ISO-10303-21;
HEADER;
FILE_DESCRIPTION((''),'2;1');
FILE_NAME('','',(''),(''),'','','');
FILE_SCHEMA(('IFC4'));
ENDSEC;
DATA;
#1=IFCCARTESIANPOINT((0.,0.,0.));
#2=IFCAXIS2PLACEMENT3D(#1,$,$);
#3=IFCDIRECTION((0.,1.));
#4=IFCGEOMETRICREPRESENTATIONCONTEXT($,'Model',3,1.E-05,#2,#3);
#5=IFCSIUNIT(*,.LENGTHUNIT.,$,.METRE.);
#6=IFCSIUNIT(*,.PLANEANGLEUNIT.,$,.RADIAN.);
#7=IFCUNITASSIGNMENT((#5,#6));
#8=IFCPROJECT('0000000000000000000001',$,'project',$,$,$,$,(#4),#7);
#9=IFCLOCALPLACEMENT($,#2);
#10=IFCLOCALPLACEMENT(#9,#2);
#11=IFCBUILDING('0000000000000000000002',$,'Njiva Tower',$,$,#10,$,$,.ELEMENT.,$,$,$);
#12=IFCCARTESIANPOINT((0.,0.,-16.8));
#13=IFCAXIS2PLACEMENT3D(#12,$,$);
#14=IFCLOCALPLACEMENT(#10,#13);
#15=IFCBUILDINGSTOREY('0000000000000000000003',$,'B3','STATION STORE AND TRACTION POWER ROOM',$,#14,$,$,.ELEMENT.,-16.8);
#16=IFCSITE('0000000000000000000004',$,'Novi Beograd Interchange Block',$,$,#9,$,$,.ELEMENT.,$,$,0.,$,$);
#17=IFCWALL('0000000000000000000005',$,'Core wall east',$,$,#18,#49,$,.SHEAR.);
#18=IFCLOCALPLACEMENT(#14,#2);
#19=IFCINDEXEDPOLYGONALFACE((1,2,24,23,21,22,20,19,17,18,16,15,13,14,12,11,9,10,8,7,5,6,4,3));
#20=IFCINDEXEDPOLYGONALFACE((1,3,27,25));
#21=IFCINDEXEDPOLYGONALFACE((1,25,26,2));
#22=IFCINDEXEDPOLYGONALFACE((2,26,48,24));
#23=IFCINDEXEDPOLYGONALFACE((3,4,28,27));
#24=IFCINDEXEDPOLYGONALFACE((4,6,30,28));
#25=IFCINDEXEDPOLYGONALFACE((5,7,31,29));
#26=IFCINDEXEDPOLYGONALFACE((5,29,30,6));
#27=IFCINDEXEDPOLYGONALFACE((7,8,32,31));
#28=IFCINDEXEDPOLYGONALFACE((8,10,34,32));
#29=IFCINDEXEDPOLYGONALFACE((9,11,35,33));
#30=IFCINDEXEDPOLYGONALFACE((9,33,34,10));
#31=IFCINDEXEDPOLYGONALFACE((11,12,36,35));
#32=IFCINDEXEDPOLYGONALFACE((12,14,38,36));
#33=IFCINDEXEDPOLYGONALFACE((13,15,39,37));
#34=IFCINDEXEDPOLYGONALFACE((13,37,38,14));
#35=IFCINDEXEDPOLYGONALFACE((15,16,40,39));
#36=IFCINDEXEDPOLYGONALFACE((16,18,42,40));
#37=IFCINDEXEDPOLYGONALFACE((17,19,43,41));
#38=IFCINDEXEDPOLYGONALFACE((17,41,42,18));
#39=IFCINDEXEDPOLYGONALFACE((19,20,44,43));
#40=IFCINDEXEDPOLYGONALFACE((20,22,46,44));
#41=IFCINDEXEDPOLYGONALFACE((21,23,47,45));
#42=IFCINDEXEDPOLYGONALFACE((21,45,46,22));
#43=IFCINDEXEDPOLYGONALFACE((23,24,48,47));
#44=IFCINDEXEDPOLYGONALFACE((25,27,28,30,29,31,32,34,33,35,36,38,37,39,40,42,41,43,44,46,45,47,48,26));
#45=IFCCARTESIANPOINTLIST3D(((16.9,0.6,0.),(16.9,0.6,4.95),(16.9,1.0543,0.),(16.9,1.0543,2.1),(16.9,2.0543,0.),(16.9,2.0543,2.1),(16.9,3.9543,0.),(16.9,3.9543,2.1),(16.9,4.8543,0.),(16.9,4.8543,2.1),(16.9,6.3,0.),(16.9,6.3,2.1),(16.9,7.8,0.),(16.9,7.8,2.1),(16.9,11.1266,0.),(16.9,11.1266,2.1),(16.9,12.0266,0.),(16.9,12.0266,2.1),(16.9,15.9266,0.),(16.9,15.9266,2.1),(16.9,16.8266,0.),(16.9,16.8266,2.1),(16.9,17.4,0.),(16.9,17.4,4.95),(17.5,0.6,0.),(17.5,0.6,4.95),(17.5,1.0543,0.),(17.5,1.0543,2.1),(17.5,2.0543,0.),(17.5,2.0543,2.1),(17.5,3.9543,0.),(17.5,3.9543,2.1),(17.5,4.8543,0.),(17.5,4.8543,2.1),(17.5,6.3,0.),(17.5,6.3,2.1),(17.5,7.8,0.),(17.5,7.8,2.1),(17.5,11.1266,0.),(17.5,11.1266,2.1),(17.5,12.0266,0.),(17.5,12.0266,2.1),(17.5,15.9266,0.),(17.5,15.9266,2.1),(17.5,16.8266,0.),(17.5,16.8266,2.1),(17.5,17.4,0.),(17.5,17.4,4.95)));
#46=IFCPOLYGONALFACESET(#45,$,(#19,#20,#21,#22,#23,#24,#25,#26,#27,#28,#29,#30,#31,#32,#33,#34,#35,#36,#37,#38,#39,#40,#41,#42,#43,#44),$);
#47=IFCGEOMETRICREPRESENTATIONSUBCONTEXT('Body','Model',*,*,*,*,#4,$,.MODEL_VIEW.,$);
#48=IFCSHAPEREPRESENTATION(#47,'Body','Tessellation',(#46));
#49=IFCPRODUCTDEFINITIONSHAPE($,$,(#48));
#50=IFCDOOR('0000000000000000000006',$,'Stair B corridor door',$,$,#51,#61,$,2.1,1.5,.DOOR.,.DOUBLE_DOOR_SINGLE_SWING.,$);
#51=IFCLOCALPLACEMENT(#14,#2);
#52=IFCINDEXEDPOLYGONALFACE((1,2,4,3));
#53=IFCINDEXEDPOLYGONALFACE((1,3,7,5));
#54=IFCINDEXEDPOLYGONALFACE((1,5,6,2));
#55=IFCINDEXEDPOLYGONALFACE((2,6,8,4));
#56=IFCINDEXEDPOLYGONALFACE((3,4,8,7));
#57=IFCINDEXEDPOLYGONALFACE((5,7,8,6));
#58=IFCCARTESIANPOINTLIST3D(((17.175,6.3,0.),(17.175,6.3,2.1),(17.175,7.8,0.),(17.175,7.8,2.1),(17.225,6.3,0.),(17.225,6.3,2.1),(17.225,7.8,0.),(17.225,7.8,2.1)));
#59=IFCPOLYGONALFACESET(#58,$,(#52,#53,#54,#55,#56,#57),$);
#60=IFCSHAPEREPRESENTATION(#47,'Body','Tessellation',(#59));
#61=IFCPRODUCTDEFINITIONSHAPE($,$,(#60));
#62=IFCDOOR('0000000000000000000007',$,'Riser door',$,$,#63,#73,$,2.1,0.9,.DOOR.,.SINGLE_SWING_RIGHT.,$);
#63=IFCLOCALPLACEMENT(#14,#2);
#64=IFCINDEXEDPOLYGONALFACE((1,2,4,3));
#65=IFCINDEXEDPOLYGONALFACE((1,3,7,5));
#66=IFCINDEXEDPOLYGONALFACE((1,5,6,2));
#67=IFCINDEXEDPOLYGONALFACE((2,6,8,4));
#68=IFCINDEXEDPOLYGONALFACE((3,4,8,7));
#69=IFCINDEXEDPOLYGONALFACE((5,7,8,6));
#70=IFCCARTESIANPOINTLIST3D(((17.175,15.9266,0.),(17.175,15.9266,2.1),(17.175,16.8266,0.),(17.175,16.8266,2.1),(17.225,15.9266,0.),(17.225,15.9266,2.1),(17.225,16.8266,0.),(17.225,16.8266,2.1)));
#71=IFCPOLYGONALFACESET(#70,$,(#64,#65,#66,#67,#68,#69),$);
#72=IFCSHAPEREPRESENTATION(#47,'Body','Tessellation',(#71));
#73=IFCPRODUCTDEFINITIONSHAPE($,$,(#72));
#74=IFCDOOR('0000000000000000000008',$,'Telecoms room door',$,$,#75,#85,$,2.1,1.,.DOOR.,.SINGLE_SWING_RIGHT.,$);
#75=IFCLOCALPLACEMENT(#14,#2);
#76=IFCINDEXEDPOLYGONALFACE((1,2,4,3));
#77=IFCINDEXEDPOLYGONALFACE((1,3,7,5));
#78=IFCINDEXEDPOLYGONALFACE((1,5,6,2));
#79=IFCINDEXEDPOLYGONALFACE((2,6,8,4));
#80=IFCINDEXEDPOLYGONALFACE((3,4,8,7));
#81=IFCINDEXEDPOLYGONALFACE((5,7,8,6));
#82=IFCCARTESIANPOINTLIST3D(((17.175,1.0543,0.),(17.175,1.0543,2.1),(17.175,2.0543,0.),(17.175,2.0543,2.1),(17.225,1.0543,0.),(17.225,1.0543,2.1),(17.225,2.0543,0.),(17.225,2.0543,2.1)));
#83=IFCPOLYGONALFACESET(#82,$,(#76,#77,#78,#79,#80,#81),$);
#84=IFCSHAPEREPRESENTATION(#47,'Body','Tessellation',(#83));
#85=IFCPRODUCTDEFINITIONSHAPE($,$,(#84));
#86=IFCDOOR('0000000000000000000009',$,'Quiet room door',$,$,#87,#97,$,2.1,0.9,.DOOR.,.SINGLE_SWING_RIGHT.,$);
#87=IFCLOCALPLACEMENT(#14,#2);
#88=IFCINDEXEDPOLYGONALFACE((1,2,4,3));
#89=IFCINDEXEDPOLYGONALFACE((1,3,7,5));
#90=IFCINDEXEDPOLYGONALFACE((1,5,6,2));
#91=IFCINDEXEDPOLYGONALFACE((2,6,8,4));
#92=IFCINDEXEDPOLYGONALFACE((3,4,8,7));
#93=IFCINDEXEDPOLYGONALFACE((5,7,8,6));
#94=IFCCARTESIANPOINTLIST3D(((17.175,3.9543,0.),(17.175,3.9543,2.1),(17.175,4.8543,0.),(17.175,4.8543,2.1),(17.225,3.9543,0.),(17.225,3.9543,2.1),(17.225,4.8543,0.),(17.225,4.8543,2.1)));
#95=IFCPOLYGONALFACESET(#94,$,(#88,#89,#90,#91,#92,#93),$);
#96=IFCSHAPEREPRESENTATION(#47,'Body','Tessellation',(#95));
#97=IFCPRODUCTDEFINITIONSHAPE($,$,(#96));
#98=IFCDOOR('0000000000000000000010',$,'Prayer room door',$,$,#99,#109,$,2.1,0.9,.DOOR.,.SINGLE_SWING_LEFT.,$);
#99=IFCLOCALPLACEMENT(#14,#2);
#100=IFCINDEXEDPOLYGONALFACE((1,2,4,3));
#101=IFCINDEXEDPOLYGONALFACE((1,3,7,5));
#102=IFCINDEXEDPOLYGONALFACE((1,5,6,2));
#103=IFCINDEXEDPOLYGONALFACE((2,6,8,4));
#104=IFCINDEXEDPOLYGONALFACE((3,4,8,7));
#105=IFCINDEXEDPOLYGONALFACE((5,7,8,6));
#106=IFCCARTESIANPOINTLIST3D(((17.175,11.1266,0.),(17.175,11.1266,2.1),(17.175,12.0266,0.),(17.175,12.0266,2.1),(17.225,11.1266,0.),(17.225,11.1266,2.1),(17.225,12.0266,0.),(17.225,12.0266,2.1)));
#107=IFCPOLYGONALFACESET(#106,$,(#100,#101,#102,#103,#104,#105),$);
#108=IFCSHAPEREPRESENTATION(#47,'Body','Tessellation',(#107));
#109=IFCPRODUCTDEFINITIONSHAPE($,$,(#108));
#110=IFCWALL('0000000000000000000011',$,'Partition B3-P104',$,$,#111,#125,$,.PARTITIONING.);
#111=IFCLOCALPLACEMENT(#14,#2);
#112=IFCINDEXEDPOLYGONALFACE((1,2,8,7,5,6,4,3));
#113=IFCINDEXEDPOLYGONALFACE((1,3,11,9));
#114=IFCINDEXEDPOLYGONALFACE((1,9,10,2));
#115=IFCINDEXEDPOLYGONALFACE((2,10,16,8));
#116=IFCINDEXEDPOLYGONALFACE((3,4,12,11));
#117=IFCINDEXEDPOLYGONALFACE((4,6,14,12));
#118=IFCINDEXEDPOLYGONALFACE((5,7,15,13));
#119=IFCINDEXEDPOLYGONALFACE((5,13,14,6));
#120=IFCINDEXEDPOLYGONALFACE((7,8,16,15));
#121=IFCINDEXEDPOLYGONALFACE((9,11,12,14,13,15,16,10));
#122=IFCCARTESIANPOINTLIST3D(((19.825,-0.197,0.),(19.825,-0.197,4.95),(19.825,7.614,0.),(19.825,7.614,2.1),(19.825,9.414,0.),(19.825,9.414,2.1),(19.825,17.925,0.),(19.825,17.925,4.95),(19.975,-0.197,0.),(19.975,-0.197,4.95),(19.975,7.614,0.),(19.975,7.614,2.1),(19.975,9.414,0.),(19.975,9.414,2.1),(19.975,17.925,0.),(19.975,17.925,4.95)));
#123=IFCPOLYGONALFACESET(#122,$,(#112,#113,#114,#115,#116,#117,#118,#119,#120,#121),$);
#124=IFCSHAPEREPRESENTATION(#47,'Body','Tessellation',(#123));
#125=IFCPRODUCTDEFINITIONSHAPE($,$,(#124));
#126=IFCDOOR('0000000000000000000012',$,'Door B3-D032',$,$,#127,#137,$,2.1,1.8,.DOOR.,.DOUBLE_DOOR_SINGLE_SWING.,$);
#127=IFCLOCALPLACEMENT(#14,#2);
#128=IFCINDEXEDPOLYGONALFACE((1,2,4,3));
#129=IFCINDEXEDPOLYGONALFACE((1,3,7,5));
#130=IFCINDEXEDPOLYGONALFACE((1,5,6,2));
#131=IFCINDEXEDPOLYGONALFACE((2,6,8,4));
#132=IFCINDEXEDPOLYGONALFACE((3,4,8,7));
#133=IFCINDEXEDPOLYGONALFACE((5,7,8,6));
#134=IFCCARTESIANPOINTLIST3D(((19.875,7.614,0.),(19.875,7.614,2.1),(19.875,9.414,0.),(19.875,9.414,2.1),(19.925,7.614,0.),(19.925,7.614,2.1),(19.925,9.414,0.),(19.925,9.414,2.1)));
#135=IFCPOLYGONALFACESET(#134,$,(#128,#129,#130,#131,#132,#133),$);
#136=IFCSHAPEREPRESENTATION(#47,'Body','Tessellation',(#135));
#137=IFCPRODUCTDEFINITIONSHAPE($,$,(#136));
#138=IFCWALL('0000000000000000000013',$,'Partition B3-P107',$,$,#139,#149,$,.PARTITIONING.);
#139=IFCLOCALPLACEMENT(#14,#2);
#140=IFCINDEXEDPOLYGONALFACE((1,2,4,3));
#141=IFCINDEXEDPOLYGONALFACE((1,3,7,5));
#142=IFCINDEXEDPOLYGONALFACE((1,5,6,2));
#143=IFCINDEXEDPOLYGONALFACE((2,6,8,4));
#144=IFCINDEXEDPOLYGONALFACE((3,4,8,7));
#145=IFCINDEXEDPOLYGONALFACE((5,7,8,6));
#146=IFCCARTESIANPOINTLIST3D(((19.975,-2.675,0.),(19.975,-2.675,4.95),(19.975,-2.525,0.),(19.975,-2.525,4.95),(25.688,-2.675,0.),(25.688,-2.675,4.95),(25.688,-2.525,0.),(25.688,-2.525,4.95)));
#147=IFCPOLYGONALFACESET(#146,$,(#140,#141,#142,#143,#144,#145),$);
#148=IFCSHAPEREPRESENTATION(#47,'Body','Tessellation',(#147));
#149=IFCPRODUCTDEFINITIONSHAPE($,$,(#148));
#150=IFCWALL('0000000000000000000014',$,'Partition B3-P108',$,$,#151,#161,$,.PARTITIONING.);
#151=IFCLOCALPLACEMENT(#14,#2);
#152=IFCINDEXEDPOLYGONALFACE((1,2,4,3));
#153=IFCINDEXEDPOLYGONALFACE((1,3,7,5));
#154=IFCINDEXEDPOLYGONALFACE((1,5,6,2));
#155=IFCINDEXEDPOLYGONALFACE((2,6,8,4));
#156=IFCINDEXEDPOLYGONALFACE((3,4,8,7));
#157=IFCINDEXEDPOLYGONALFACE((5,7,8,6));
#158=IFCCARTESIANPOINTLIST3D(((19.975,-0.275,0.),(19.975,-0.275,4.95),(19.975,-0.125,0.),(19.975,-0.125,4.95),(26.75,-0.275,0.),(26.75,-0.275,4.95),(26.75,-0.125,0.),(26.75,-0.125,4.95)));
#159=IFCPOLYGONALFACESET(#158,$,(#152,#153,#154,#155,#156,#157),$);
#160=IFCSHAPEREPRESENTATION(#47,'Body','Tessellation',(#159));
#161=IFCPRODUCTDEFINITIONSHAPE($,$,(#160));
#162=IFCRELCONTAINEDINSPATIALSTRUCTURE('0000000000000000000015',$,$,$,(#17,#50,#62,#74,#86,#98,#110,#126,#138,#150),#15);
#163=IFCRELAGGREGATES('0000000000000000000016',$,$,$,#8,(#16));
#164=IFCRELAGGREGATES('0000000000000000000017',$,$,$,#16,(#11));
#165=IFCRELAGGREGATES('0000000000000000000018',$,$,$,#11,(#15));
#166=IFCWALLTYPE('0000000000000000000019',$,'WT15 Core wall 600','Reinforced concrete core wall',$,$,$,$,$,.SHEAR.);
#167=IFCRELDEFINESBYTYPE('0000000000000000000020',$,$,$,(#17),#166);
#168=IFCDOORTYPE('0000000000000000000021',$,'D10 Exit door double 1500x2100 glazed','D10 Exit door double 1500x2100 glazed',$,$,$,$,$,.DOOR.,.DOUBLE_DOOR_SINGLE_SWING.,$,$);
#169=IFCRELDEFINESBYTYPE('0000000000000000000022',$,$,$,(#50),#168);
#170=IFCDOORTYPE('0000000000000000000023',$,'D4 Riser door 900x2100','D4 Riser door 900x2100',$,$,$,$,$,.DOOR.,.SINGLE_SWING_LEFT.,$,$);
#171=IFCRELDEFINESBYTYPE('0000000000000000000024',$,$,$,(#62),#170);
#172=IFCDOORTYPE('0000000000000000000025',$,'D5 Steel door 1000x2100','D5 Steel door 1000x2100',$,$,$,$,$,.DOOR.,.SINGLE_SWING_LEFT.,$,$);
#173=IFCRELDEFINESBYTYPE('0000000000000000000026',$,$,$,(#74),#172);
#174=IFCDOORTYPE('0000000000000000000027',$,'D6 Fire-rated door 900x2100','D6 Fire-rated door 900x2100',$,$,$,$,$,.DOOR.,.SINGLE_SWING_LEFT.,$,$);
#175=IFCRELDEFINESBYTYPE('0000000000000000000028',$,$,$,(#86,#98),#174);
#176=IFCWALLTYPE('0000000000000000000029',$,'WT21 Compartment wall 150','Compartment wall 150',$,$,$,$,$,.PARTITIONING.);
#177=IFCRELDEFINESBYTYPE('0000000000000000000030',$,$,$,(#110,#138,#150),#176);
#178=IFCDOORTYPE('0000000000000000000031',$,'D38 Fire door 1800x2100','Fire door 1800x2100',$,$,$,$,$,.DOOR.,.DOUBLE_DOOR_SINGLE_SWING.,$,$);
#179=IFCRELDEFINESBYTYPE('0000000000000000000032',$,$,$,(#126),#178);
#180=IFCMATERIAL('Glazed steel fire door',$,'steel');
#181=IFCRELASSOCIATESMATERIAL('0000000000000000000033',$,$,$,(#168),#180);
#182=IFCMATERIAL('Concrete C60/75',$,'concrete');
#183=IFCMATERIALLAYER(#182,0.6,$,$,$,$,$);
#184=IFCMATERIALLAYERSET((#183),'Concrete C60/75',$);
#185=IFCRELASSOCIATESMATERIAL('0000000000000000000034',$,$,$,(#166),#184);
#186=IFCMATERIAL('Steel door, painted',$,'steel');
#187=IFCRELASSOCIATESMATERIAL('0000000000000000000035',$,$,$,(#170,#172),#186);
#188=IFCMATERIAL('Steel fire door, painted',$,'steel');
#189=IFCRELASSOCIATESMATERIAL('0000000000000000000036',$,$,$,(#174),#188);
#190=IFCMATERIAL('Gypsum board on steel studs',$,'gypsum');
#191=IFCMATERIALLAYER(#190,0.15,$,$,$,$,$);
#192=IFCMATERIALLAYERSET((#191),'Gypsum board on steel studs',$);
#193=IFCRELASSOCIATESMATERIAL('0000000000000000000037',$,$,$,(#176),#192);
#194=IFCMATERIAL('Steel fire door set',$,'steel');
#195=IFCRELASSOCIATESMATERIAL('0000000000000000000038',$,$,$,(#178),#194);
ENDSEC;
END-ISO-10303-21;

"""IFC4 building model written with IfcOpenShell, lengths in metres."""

from ifc_helpers import new_model, si_unit, direction, frame, frame_2d, origin, place, context, subcontext, project, spatial, rectangle, extrude, material, layer, layer_set, type_object, element, fill, save


model = new_model("IFC4")

# Units and contexts
model_context = context("Model", 3, precision=1e-05, world=origin(), true_north=direction((0.0, 1.0)))
body_context = subcontext(model_context, "Body", "Model", "MODEL_VIEW")
ifc_project = project(units=[si_unit("LENGTHUNIT", "METRE"), si_unit("PLANEANGLEUNIT", "RADIAN")], contexts=[model_context])

# Site, building, storey
site_placement = place(None, origin())
site = spatial("IfcSite", under=ifc_project, at=site_placement, Name="Novi Beograd Interchange Block", CompositionType="ELEMENT", RefElevation=0.0)
building_placement = place(site_placement, origin())
building = spatial("IfcBuilding", under=site, at=building_placement, Name="Njiva Tower", CompositionType="ELEMENT")
storey_placement = place(building_placement, frame((0.0, 0.0, -16.8)))
storey = spatial("IfcBuildingStorey", under=building, at=storey_placement, Name="B3", Description="STATION STORE AND TRACTION POWER ROOM", CompositionType="ELEMENT", Elevation=-16.8)

# Shared definitions
ifc_material_1 = material(Name="Glazed steel fire door", Category="steel")
door_type_1 = type_object("IfcDoorType", Name="D10 Exit door double 1500x2100 glazed", Description="D10 Exit door double 1500x2100 glazed", OperationType="DOUBLE_DOOR_SINGLE_SWING", PredefinedType="DOOR", material=ifc_material_1)

# Wall, openings, doors
ifc_material_2 = material(Name="Concrete C60/75", Category="concrete")
ifc_layer_1 = layer(ifc_material_2, 0.6)
ifc_layer_set_1 = layer_set([ifc_layer_1], Name="Concrete C60/75")
wall_type_1 = type_object("IfcWallType", Name="WT15 Core wall 600", Description="Reinforced concrete core wall", PredefinedType="SHEAR", material=ifc_layer_set_1)
wall_1_placement = place(storey_placement, frame((17.2, 0.6, 0.0), z_axis=(0.0, 0.0, 1.0), x_axis=(0.0, 1.0, 0.0)))
wall_1 = element("IfcWall", 1, at=wall_1_placement, inside=storey, type_object=wall_type_1, Name="Core wall east", PredefinedType="SHEAR", context=body_context, shape_type="SweptSolid", body=[
    extrude(rectangle(XDim=16.8, YDim=0.6, at=frame_2d((8.4, 0.0))), origin(), (0.0, 0.0, 1.0), 4.95),
])
opening_1_placement = place(wall_1_placement, frame((5.7, 0.0, 0.0)))
opening_1 = element("IfcOpeningElement", 2, at=opening_1_placement, cuts=wall_1, PredefinedType="OPENING", context=body_context, shape_type="SweptSolid", body=[
    extrude(rectangle(XDim=1.5, YDim=2.1, at=frame_2d((0.75, 1.05))), frame((0.0, 0.31, 0.0), z_axis=(0.0, -1.0, 0.0), x_axis=(1.0, 0.0, 0.0)), (0.0, 0.0, 1.0), 0.62),
])
opening_2_placement = place(wall_1_placement, frame((0.4543, 0.0, 0.0)))
opening_2 = element("IfcOpeningElement", 3, at=opening_2_placement, cuts=wall_1, PredefinedType="OPENING", context=body_context, shape_type="SweptSolid", body=[
    extrude(rectangle(XDim=1.0, YDim=2.1, at=frame_2d((0.5, 1.05))), frame((0.0, 0.31, 0.0), z_axis=(0.0, -1.0, 0.0), x_axis=(1.0, 0.0, 0.0)), (0.0, 0.0, 1.0), 0.62),
])
opening_3_placement = place(wall_1_placement, frame((3.3543, 0.0, 0.0)))
opening_3 = element("IfcOpeningElement", 4, at=opening_3_placement, cuts=wall_1, PredefinedType="OPENING", context=body_context, shape_type="SweptSolid", body=[
    extrude(rectangle(XDim=0.9, YDim=2.1, at=frame_2d((0.45, 1.05))), frame((0.0, 0.31, 0.0), z_axis=(0.0, -1.0, 0.0), x_axis=(1.0, 0.0, 0.0)), (0.0, 0.0, 1.0), 0.62),
])
opening_4_placement = place(wall_1_placement, frame((10.5266, 0.0, 0.0)))
opening_4 = element("IfcOpeningElement", 5, at=opening_4_placement, cuts=wall_1, PredefinedType="OPENING", context=body_context, shape_type="SweptSolid", body=[
    extrude(rectangle(XDim=0.9, YDim=2.1, at=frame_2d((0.45, 1.05))), frame((0.0, 0.31, 0.0), z_axis=(0.0, -1.0, 0.0), x_axis=(1.0, 0.0, 0.0)), (0.0, 0.0, 1.0), 0.62),
])
opening_5_placement = place(wall_1_placement, frame((15.3266, 0.0, 0.0)))
opening_5 = element("IfcOpeningElement", 6, at=opening_5_placement, cuts=wall_1, PredefinedType="OPENING", context=body_context, shape_type="SweptSolid", body=[
    extrude(rectangle(XDim=0.9, YDim=2.1, at=frame_2d((0.45, 1.05))), frame((0.0, 0.31, 0.0), z_axis=(0.0, -1.0, 0.0), x_axis=(1.0, 0.0, 0.0)), (0.0, 0.0, 1.0), 0.62),
])
door_1_placement = place(opening_1_placement, origin())
door_1 = element("IfcDoor", 7, at=door_1_placement, inside=storey, type_object=door_type_1, Name="Stair B corridor door", OperationType="DOUBLE_DOOR_SINGLE_SWING", OverallHeight=2.1, OverallWidth=1.5, PredefinedType="DOOR", context=body_context, shape_type="SweptSolid", body=[
    extrude(rectangle(XDim=1.5, YDim=2.1, at=frame_2d((0.75, 1.05))), frame((0.0, 0.025, 0.0), z_axis=(0.0, -1.0, 0.0), x_axis=(1.0, 0.0, 0.0)), (0.0, 0.0, 1.0), 0.05),
])
fill(opening_1, door_1)
ifc_material_3 = material(Name="Steel door, painted", Category="steel")
door_type_2 = type_object("IfcDoorType", Name="D4 Riser door 900x2100", Description="D4 Riser door 900x2100", OperationType="SINGLE_SWING_LEFT", PredefinedType="DOOR", material=ifc_material_3)
door_2_placement = place(opening_5_placement, origin())
door_2 = element("IfcDoor", 8, at=door_2_placement, inside=storey, type_object=door_type_2, Name="Riser door", OperationType="SINGLE_SWING_RIGHT", OverallHeight=2.1, OverallWidth=0.9, PredefinedType="DOOR", context=body_context, shape_type="SweptSolid", body=[
    extrude(rectangle(XDim=0.9, YDim=2.1, at=frame_2d((0.45, 1.05))), frame((0.0, 0.025, 0.0), z_axis=(0.0, -1.0, 0.0), x_axis=(1.0, 0.0, 0.0)), (0.0, 0.0, 1.0), 0.05),
])
fill(opening_5, door_2)
door_type_3 = type_object("IfcDoorType", Name="D5 Steel door 1000x2100", Description="D5 Steel door 1000x2100", OperationType="SINGLE_SWING_LEFT", PredefinedType="DOOR", material=ifc_material_3)
door_3_placement = place(opening_2_placement, origin())
door_3 = element("IfcDoor", 9, at=door_3_placement, inside=storey, type_object=door_type_3, Name="Telecoms room door", OperationType="SINGLE_SWING_RIGHT", OverallHeight=2.1, OverallWidth=1.0, PredefinedType="DOOR", context=body_context, shape_type="SweptSolid", body=[
    extrude(rectangle(XDim=1.0, YDim=2.1, at=frame_2d((0.5, 1.05))), frame((0.0, 0.025, 0.0), z_axis=(0.0, -1.0, 0.0), x_axis=(1.0, 0.0, 0.0)), (0.0, 0.0, 1.0), 0.05),
])
fill(opening_2, door_3)
ifc_material_4 = material(Name="Steel fire door, painted", Category="steel")
door_type_4 = type_object("IfcDoorType", Name="D6 Fire-rated door 900x2100", Description="D6 Fire-rated door 900x2100", OperationType="SINGLE_SWING_LEFT", PredefinedType="DOOR", material=ifc_material_4)
door_4_placement = place(opening_3_placement, origin())
door_4 = element("IfcDoor", 10, at=door_4_placement, inside=storey, type_object=door_type_4, Name="Quiet room door", OperationType="SINGLE_SWING_RIGHT", OverallHeight=2.1, OverallWidth=0.9, PredefinedType="DOOR", context=body_context, shape_type="SweptSolid", body=[
    extrude(rectangle(XDim=0.9, YDim=2.1, at=frame_2d((0.45, 1.05))), frame((0.0, 0.025, 0.0), z_axis=(0.0, -1.0, 0.0), x_axis=(1.0, 0.0, 0.0)), (0.0, 0.0, 1.0), 0.05),
])
fill(opening_3, door_4)
door_5_placement = place(opening_4_placement, origin())
door_5 = element("IfcDoor", 11, at=door_5_placement, inside=storey, type_object=door_type_4, Name="Prayer room door", OperationType="SINGLE_SWING_LEFT", OverallHeight=2.1, OverallWidth=0.9, PredefinedType="DOOR", context=body_context, shape_type="SweptSolid", body=[
    extrude(rectangle(XDim=0.9, YDim=2.1, at=frame_2d((0.45, 1.05))), frame((0.0, 0.025, 0.0), z_axis=(0.0, -1.0, 0.0), x_axis=(1.0, 0.0, 0.0)), (0.0, 0.0, 1.0), 0.05),
])
fill(opening_4, door_5)

# Wall, opening, door
ifc_material_5 = material(Name="Gypsum board on steel studs", Category="gypsum")
ifc_layer_2 = layer(ifc_material_5, 0.15)
ifc_layer_set_2 = layer_set([ifc_layer_2], Name="Gypsum board on steel studs")
wall_type_2 = type_object("IfcWallType", Name="WT21 Compartment wall 150", Description="Compartment wall 150", PredefinedType="PARTITIONING", material=ifc_layer_set_2)
wall_2_placement = place(storey_placement, frame((19.9, -0.197, 0.0), z_axis=(0.0, 0.0, 1.0), x_axis=(0.0, 1.0, 0.0)))
wall_2 = element("IfcWall", 12, at=wall_2_placement, inside=storey, type_object=wall_type_2, Name="Partition B3-P104", PredefinedType="PARTITIONING", context=body_context, shape_type="SweptSolid", body=[
    extrude(rectangle(XDim=18.122, YDim=0.15, at=frame_2d((9.061, 0.0))), origin(), (0.0, 0.0, 1.0), 4.95),
])
opening_6_placement = place(wall_2_placement, frame((7.811, 0.0, 0.0)))
opening_6 = element("IfcOpeningElement", 13, at=opening_6_placement, cuts=wall_2, PredefinedType="OPENING", context=body_context, shape_type="SweptSolid", body=[
    extrude(rectangle(XDim=1.8, YDim=2.1, at=frame_2d((0.9, 1.05))), frame((0.0, 0.085, 0.0), z_axis=(0.0, -1.0, 0.0), x_axis=(1.0, 0.0, 0.0)), (0.0, 0.0, 1.0), 0.17),
])
ifc_material_6 = material(Name="Steel fire door set", Category="steel")
door_type_5 = type_object("IfcDoorType", Name="D38 Fire door 1800x2100", Description="Fire door 1800x2100", OperationType="DOUBLE_DOOR_SINGLE_SWING", PredefinedType="DOOR", material=ifc_material_6)
door_6_placement = place(opening_6_placement, origin())
door_6 = element("IfcDoor", 14, at=door_6_placement, inside=storey, type_object=door_type_5, Name="Door B3-D032", OperationType="DOUBLE_DOOR_SINGLE_SWING", OverallHeight=2.1, OverallWidth=1.8, PredefinedType="DOOR", context=body_context, shape_type="SweptSolid", body=[
    extrude(rectangle(XDim=1.8, YDim=2.1, at=frame_2d((0.9, 1.05))), frame((0.0, 0.025, 0.0), z_axis=(0.0, -1.0, 0.0), x_axis=(1.0, 0.0, 0.0)), (0.0, 0.0, 1.0), 0.05),
])
fill(opening_6, door_6)

# Walls
wall_3_placement = place(storey_placement, frame((19.975, -2.6, 0.0), z_axis=(0.0, 0.0, 1.0), x_axis=(1.0, 0.0, 0.0)))
element("IfcWall", 15, at=wall_3_placement, inside=storey, type_object=wall_type_2, Name="Partition B3-P107", PredefinedType="PARTITIONING", context=body_context, shape_type="SweptSolid", body=[
    extrude(rectangle(XDim=5.713, YDim=0.15, at=frame_2d((2.8565, 0.0))), origin(), (0.0, 0.0, 1.0), 4.95),
])
wall_4_placement = place(storey_placement, frame((19.975, -0.2, 0.0), z_axis=(0.0, 0.0, 1.0), x_axis=(1.0, 0.0, 0.0)))
element("IfcWall", 16, at=wall_4_placement, inside=storey, type_object=wall_type_2, Name="Partition B3-P108", PredefinedType="PARTITIONING", context=body_context, shape_type="SweptSolid", body=[
    extrude(rectangle(XDim=6.775, YDim=0.15, at=frame_2d((3.3875, 0.0))), origin(), (0.0, 0.0, 1.0), 4.95),
])

save(model, "model.ifc")
